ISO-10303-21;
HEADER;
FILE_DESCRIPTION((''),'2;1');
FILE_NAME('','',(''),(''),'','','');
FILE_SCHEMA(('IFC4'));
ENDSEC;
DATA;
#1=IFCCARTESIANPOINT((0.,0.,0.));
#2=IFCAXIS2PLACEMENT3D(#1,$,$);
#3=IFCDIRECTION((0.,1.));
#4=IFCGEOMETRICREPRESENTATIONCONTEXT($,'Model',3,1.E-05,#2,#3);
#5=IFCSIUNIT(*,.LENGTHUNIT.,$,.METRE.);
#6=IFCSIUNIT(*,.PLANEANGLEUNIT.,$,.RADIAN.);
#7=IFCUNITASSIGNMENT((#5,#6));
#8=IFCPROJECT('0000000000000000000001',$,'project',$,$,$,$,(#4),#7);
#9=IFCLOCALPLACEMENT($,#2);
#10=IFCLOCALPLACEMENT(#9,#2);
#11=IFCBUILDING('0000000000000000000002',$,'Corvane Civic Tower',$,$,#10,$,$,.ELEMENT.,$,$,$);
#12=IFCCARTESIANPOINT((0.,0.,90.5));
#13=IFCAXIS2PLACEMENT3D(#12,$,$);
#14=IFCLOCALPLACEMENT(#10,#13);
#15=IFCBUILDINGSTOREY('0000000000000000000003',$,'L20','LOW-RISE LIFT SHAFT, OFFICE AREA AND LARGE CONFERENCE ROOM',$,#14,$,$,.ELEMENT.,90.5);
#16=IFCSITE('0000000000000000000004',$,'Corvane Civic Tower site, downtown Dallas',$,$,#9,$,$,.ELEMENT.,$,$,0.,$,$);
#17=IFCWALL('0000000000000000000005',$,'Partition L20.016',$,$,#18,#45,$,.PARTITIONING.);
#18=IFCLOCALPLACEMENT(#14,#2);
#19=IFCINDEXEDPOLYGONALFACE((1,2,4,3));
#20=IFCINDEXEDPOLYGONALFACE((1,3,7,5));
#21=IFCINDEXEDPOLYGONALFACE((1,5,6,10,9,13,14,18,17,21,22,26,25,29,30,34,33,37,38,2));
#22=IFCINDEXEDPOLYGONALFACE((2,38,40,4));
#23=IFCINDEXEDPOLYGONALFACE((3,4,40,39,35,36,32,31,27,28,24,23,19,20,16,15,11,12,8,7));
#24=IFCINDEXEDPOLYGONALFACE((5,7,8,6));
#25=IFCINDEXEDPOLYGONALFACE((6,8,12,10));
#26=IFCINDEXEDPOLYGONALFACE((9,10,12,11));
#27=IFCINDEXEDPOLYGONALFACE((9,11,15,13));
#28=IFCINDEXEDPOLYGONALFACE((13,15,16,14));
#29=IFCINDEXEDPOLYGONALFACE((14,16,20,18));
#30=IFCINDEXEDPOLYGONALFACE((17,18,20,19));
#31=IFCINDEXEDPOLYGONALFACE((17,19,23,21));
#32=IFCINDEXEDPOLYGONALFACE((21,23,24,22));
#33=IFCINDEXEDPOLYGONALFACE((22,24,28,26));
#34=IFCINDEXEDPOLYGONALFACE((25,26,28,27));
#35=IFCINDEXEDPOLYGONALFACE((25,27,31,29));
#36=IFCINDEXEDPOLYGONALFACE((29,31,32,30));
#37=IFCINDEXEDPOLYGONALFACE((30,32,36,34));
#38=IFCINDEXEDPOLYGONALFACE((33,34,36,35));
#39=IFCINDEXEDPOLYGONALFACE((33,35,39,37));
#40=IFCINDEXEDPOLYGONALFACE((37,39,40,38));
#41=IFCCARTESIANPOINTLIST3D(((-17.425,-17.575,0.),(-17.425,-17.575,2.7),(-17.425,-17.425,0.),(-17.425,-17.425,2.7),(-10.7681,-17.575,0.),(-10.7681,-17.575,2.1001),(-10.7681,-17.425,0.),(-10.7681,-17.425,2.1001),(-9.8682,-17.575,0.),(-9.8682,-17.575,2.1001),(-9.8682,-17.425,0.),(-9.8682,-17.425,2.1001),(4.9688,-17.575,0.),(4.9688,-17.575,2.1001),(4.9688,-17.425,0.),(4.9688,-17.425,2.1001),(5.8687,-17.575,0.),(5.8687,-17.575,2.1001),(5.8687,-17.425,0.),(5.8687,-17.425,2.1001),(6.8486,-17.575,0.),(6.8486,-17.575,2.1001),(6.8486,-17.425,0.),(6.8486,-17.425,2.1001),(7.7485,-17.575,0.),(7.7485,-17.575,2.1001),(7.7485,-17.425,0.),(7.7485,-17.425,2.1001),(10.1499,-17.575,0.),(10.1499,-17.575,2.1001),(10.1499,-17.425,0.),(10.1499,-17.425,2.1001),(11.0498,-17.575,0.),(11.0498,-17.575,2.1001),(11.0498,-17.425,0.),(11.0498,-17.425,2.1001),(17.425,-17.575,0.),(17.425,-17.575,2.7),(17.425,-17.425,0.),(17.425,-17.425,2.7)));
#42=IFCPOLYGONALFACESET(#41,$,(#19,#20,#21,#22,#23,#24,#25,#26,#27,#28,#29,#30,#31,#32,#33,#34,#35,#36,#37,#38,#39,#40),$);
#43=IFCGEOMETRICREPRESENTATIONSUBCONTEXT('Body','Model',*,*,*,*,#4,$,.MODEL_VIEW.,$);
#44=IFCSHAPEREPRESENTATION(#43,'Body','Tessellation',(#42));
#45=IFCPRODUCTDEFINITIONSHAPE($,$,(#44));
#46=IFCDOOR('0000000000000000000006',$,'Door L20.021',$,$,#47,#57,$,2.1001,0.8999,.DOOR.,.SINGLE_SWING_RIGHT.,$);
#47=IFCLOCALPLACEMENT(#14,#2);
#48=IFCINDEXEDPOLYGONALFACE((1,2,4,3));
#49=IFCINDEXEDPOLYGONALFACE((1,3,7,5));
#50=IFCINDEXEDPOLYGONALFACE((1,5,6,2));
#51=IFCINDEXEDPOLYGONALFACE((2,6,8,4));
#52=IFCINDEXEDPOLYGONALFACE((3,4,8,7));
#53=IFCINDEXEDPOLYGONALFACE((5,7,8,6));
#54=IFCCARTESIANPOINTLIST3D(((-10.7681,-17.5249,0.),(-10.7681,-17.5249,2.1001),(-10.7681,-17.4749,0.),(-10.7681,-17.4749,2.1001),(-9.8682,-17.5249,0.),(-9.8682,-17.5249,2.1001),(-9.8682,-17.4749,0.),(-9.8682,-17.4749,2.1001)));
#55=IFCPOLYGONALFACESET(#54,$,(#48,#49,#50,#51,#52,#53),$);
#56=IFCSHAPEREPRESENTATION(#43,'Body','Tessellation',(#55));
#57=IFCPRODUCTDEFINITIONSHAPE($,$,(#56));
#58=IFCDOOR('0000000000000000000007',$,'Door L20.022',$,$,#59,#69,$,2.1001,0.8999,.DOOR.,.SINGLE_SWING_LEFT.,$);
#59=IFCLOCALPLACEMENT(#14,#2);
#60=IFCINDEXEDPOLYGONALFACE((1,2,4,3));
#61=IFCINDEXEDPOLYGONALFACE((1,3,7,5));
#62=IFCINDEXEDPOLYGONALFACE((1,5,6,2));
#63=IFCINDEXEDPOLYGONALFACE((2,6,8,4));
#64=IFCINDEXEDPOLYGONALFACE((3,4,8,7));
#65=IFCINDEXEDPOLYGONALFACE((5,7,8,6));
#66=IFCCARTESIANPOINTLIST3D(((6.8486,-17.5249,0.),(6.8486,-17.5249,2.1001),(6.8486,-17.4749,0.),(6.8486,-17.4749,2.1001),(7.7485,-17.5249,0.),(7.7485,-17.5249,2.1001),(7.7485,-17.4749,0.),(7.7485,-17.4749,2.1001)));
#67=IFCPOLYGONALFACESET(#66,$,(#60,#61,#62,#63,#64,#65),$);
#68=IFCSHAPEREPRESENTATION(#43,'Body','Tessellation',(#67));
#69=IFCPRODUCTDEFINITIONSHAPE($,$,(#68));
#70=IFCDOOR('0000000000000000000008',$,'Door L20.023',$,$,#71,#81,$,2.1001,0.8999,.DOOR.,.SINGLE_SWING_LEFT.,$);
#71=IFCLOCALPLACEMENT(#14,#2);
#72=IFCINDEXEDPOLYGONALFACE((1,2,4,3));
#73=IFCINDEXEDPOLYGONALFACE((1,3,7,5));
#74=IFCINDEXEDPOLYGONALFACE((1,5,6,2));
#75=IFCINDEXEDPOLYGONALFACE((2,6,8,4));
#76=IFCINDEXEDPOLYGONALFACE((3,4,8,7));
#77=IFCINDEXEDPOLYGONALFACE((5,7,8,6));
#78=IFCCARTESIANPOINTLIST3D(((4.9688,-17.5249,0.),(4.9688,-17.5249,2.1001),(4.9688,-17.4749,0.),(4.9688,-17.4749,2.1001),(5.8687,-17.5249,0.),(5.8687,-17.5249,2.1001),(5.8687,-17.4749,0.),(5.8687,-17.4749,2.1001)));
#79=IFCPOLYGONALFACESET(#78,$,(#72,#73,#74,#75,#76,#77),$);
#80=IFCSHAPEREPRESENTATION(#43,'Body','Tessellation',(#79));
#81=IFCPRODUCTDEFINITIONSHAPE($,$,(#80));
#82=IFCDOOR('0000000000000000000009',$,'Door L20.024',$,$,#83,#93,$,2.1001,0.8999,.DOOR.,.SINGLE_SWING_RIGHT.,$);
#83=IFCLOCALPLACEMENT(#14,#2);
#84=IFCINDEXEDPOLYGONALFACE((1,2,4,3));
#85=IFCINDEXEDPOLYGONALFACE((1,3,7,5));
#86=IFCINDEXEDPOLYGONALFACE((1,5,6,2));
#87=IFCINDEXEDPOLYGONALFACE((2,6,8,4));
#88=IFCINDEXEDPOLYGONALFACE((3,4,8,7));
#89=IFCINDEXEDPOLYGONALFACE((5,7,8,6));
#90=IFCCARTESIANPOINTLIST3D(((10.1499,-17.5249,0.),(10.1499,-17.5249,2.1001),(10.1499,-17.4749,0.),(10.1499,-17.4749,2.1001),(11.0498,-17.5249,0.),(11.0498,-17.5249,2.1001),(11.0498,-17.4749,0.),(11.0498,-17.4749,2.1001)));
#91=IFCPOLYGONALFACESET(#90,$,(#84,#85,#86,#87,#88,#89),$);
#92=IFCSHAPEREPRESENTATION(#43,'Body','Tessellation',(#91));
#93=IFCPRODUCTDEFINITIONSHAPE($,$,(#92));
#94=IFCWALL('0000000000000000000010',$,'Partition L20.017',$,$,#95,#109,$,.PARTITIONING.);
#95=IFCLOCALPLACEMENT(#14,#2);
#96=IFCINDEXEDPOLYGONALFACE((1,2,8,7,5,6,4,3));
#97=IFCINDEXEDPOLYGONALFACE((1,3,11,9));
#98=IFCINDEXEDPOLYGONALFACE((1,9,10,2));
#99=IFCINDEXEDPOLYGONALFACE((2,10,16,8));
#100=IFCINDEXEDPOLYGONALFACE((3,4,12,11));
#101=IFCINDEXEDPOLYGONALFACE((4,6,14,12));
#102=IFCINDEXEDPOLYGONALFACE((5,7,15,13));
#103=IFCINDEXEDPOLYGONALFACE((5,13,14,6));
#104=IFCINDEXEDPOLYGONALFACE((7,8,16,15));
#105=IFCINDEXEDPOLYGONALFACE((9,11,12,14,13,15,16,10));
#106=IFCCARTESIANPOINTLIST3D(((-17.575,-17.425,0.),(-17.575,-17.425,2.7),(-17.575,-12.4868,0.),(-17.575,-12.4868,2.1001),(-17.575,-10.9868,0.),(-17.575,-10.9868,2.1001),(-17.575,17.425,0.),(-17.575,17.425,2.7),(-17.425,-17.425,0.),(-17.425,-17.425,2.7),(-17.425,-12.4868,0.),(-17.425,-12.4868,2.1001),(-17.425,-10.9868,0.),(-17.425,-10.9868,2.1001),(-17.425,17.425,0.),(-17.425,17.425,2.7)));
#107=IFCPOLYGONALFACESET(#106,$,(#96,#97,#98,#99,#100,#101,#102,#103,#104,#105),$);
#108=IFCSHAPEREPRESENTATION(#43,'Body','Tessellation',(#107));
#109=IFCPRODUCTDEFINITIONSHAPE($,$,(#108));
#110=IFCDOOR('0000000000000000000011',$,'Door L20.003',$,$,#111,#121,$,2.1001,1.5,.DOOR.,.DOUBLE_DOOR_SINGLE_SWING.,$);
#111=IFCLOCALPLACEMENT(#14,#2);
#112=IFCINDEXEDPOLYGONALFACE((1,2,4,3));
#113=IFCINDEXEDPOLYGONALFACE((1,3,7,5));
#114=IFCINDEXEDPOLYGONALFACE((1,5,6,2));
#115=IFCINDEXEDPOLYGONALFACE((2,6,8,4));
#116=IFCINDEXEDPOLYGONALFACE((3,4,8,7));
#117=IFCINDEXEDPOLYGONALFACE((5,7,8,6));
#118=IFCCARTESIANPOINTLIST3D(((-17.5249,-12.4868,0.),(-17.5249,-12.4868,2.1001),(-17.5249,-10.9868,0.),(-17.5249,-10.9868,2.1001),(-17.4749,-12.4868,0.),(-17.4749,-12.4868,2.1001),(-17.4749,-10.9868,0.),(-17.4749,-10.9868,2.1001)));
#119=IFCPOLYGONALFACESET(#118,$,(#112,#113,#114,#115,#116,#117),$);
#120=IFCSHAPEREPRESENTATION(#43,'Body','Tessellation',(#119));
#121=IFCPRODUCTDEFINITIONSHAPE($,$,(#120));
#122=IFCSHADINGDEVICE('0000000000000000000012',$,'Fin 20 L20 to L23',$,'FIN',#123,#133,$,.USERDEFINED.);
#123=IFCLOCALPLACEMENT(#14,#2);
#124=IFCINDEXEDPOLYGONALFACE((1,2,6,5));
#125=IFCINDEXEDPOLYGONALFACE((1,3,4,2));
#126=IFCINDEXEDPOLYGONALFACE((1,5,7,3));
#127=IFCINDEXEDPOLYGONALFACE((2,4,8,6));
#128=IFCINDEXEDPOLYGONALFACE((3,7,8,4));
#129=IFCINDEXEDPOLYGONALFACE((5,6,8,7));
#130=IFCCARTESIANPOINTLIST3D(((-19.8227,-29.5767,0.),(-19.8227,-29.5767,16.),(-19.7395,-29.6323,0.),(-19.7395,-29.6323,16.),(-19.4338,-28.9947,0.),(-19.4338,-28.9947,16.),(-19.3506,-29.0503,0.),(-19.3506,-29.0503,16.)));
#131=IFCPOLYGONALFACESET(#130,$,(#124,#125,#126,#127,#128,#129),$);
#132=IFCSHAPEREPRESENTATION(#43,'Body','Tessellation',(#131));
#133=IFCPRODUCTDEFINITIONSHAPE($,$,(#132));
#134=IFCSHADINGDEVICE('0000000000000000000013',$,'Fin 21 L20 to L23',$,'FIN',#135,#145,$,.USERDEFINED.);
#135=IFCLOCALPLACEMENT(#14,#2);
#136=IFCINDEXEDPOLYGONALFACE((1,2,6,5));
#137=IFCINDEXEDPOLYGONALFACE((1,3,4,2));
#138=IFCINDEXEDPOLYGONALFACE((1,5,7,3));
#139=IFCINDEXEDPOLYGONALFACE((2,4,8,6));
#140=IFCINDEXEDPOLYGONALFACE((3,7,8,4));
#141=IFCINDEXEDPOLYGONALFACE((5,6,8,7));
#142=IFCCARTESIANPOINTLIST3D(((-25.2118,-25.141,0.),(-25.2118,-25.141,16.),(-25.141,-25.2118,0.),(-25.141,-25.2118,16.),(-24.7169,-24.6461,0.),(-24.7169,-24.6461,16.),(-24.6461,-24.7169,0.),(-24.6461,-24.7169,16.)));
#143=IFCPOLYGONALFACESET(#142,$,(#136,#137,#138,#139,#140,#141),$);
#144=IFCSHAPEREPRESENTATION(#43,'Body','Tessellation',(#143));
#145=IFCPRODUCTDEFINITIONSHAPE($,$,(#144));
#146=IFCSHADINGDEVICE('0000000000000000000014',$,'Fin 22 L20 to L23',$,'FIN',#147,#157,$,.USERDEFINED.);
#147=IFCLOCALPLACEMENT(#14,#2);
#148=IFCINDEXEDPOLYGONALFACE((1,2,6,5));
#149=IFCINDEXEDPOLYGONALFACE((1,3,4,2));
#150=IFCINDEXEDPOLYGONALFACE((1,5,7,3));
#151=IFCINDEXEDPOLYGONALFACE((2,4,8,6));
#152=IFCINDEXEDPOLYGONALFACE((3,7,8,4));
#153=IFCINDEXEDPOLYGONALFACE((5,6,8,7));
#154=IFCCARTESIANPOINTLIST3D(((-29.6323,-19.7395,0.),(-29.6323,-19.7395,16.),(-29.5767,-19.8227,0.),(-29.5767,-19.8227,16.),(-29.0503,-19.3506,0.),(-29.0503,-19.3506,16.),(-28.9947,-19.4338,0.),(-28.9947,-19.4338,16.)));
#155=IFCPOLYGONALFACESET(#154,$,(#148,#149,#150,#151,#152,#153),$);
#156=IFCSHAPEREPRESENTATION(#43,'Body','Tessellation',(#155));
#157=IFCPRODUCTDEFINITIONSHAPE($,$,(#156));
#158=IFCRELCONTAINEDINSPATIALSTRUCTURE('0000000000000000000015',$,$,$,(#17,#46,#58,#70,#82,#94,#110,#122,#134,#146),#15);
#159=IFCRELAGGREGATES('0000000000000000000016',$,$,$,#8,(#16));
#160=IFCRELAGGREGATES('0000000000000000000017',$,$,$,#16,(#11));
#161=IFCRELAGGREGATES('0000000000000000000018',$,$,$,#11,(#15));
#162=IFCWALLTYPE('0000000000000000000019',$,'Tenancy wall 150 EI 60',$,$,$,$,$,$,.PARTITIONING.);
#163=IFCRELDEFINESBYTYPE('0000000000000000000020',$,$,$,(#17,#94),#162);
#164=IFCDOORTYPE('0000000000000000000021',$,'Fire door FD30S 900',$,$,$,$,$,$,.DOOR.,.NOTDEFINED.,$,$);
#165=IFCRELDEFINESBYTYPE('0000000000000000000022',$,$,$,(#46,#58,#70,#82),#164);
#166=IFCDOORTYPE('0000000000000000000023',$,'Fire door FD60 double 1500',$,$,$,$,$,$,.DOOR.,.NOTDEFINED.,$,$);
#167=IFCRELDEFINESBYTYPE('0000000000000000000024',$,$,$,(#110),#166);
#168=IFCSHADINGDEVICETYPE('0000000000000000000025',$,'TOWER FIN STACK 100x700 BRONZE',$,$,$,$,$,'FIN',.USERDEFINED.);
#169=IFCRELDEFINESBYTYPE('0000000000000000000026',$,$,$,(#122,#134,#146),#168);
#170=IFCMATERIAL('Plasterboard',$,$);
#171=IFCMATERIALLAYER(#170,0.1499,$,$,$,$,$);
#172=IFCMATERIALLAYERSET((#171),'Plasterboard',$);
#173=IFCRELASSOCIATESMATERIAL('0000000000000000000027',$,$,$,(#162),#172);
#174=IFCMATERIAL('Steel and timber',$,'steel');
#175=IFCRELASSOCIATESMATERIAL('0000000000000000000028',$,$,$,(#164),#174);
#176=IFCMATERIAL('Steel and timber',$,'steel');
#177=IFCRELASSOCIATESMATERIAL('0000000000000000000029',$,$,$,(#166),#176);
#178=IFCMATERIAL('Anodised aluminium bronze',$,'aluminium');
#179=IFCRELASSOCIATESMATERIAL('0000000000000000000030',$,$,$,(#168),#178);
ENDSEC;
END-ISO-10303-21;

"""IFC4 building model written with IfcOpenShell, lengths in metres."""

from ifc_helpers import new_model, si_unit, direction, frame, frame_2d, origin, origin_2d, place, context, subcontext, project, spatial, rectangle, extrude, material, layer, layer_set, material_profile, profile_set, type_object, element, fill, save


model = new_model("IFC4")

# Units and contexts
model_context = context("Model", 3, precision=1e-05, world=origin(), true_north=direction((0.0, 1.0)))
body_context = subcontext(model_context, "Body", "Model", "MODEL_VIEW")
ifc_project = project(units=[si_unit("LENGTHUNIT", "METRE"), si_unit("PLANEANGLEUNIT", "RADIAN")], contexts=[model_context])

# Site, building, storey
site_placement = place(None, origin())
site = spatial("IfcSite", under=ifc_project, at=site_placement, Name="Corvane Civic Tower site, downtown Dallas", CompositionType="ELEMENT", RefElevation=0.0)
building_placement = place(site_placement, origin())
building = spatial("IfcBuilding", under=site, at=building_placement, Name="Corvane Civic Tower", CompositionType="ELEMENT")
storey_placement = place(building_placement, frame((0.0, 0.0, 90.5)))
storey = spatial("IfcBuildingStorey", under=building, at=storey_placement, Name="L20", Description="LOW-RISE LIFT SHAFT, OFFICE AREA AND LARGE CONFERENCE ROOM", CompositionType="ELEMENT", Elevation=90.5)

# Wall, openings, doors
ifc_material_1 = material(Name="Plasterboard")
ifc_layer_1 = layer(ifc_material_1, 0.1499)
ifc_layer_set_1 = layer_set([ifc_layer_1], Name="Plasterboard")
wall_type_1 = type_object("IfcWallType", Name="Tenancy wall 150 EI 60", PredefinedType="PARTITIONING", material=ifc_layer_set_1)
wall_1_placement = place(storey_placement, frame((-17.425, -17.5, 0.0), z_axis=(0.0, 0.0, 1.0), x_axis=(1.0, 0.0, 0.0)))
wall_1 = element("IfcWall", 1, at=wall_1_placement, inside=storey, type_object=wall_type_1, Name="Partition L20.016", PredefinedType="PARTITIONING", context=body_context, shape_type="SweptSolid", body=[
    extrude(rectangle(XDim=34.8501, YDim=0.1499, at=frame_2d((17.425, 0.0))), origin(), (0.0, 0.0, 1.0), 2.7),
])
opening_1_placement = place(wall_1_placement, frame((6.657, 0.0, 0.0)))
opening_1 = element("IfcOpeningElement", 2, at=opening_1_placement, cuts=wall_1, PredefinedType="OPENING", context=body_context, shape_type="SweptSolid", body=[
    extrude(rectangle(XDim=0.8999, YDim=2.1001, at=frame_2d((0.45, 1.05))), frame((0.0, 0.085, 0.0), z_axis=(0.0, -1.0, 0.0), x_axis=(1.0, 0.0, 0.0)), (0.0, 0.0, 1.0), 0.1699),
])
opening_2_placement = place(wall_1_placement, frame((24.2737, 0.0, 0.0)))
opening_2 = element("IfcOpeningElement", 3, at=opening_2_placement, cuts=wall_1, PredefinedType="OPENING", context=body_context, shape_type="SweptSolid", body=[
    extrude(rectangle(XDim=0.8999, YDim=2.1001, at=frame_2d((0.45, 1.05))), frame((0.0, 0.085, 0.0), z_axis=(0.0, -1.0, 0.0), x_axis=(1.0, 0.0, 0.0)), (0.0, 0.0, 1.0), 0.1699),
])
opening_3_placement = place(wall_1_placement, frame((22.3938, 0.0, 0.0)))
opening_3 = element("IfcOpeningElement", 4, at=opening_3_placement, cuts=wall_1, PredefinedType="OPENING", context=body_context, shape_type="SweptSolid", body=[
    extrude(rectangle(XDim=0.8999, YDim=2.1001, at=frame_2d((0.45, 1.05))), frame((0.0, 0.085, 0.0), z_axis=(0.0, -1.0, 0.0), x_axis=(1.0, 0.0, 0.0)), (0.0, 0.0, 1.0), 0.1699),
])
opening_4_placement = place(wall_1_placement, frame((27.575, 0.0, 0.0)))
opening_4 = element("IfcOpeningElement", 5, at=opening_4_placement, cuts=wall_1, PredefinedType="OPENING", context=body_context, shape_type="SweptSolid", body=[
    extrude(rectangle(XDim=0.8999, YDim=2.1001, at=frame_2d((0.45, 1.05))), frame((0.0, 0.085, 0.0), z_axis=(0.0, -1.0, 0.0), x_axis=(1.0, 0.0, 0.0)), (0.0, 0.0, 1.0), 0.1699),
])
ifc_material_2 = material(Name="Steel and timber", Category="steel")
door_type_1 = type_object("IfcDoorType", Name="Fire door FD30S 900", OperationType="NOTDEFINED", PredefinedType="DOOR", material=ifc_material_2)
door_1_placement = place(opening_1_placement, frame((0.8999, 0.0, 0.0), z_axis=(0.0, 0.0, 1.0), x_axis=(-1.0, 0.0, 0.0)))
door_1 = element("IfcDoor", 6, at=door_1_placement, inside=storey, type_object=door_type_1, Name="Door L20.021", OperationType="SINGLE_SWING_RIGHT", OverallHeight=2.1001, OverallWidth=0.8999, PredefinedType="DOOR", context=body_context, shape_type="SweptSolid", body=[
    extrude(rectangle(XDim=0.8999, YDim=2.1001, at=frame_2d((0.45, 1.05))), frame((0.0, 0.0249, 0.0), z_axis=(0.0, -1.0, 0.0), x_axis=(1.0, 0.0, 0.0)), (0.0, 0.0, 1.0), 0.05),
])
fill(opening_1, door_1)
door_2_placement = place(opening_2_placement, frame((0.8999, 0.0, 0.0), z_axis=(0.0, 0.0, 1.0), x_axis=(-1.0, 0.0, 0.0)))
door_2 = element("IfcDoor", 7, at=door_2_placement, inside=storey, type_object=door_type_1, Name="Door L20.022", OperationType="SINGLE_SWING_LEFT", OverallHeight=2.1001, OverallWidth=0.8999, PredefinedType="DOOR", context=body_context, shape_type="SweptSolid", body=[
    extrude(rectangle(XDim=0.8999, YDim=2.1001, at=frame_2d((0.45, 1.05))), frame((0.0, 0.0249, 0.0), z_axis=(0.0, -1.0, 0.0), x_axis=(1.0, 0.0, 0.0)), (0.0, 0.0, 1.0), 0.05),
])
fill(opening_2, door_2)
door_3_placement = place(opening_3_placement, frame((0.8999, 0.0, 0.0), z_axis=(0.0, 0.0, 1.0), x_axis=(-1.0, 0.0, 0.0)))
door_3 = element("IfcDoor", 8, at=door_3_placement, inside=storey, type_object=door_type_1, Name="Door L20.023", OperationType="SINGLE_SWING_LEFT", OverallHeight=2.1001, OverallWidth=0.8999, PredefinedType="DOOR", context=body_context, shape_type="SweptSolid", body=[
    extrude(rectangle(XDim=0.8999, YDim=2.1001, at=frame_2d((0.45, 1.05))), frame((0.0, 0.0249, 0.0), z_axis=(0.0, -1.0, 0.0), x_axis=(1.0, 0.0, 0.0)), (0.0, 0.0, 1.0), 0.05),
])
fill(opening_3, door_3)
door_4_placement = place(opening_4_placement, frame((0.8999, 0.0, 0.0), z_axis=(0.0, 0.0, 1.0), x_axis=(-1.0, 0.0, 0.0)))
door_4 = element("IfcDoor", 9, at=door_4_placement, inside=storey, type_object=door_type_1, Name="Door L20.024", OperationType="SINGLE_SWING_RIGHT", OverallHeight=2.1001, OverallWidth=0.8999, PredefinedType="DOOR", context=body_context, shape_type="SweptSolid", body=[
    extrude(rectangle(XDim=0.8999, YDim=2.1001, at=frame_2d((0.45, 1.05))), frame((0.0, 0.0249, 0.0), z_axis=(0.0, -1.0, 0.0), x_axis=(1.0, 0.0, 0.0)), (0.0, 0.0, 1.0), 0.05),
])
fill(opening_4, door_4)

# Wall, opening, door
wall_2_placement = place(storey_placement, frame((-17.5, -17.425, 0.0), z_axis=(0.0, 0.0, 1.0), x_axis=(0.0, 1.0, 0.0)))
wall_2 = element("IfcWall", 10, at=wall_2_placement, inside=storey, type_object=wall_type_1, Name="Partition L20.017", PredefinedType="PARTITIONING", context=body_context, shape_type="SweptSolid", body=[
    extrude(rectangle(XDim=34.8501, YDim=0.1499, at=frame_2d((17.425, 0.0))), origin(), (0.0, 0.0, 1.0), 2.7),
])
opening_5_placement = place(wall_2_placement, frame((4.9382, 0.0, 0.0)))
opening_5 = element("IfcOpeningElement", 11, at=opening_5_placement, cuts=wall_2, PredefinedType="OPENING", context=body_context, shape_type="SweptSolid", body=[
    extrude(rectangle(XDim=1.5, YDim=2.1001, at=frame_2d((0.75, 1.05))), frame((0.0, 0.085, 0.0), z_axis=(0.0, -1.0, 0.0), x_axis=(1.0, 0.0, 0.0)), (0.0, 0.0, 1.0), 0.1699),
])
ifc_material_3 = material(Name="Steel and timber", Category="steel")
door_type_2 = type_object("IfcDoorType", Name="Fire door FD60 double 1500", OperationType="NOTDEFINED", PredefinedType="DOOR", material=ifc_material_3)
door_5_placement = place(opening_5_placement, origin())
door_5 = element("IfcDoor", 12, at=door_5_placement, inside=storey, type_object=door_type_2, Name="Door L20.003", OperationType="DOUBLE_DOOR_SINGLE_SWING", OverallHeight=2.1001, OverallWidth=1.5, PredefinedType="DOOR", context=body_context, shape_type="SweptSolid", body=[
    extrude(rectangle(XDim=1.5, YDim=2.1001, at=frame_2d((0.75, 1.05))), frame((0.0, 0.0249, 0.0), z_axis=(0.0, -1.0, 0.0), x_axis=(1.0, 0.0, 0.0)), (0.0, 0.0, 1.0), 0.05),
])
fill(opening_5, door_5)

# Shading devices
ifc_material_4 = material(Name="Anodised aluminium bronze", Category="aluminium")
ifc_material_profile_1 = material_profile(ifc_material_4, rectangle(XDim=0.1001, YDim=0.7, at=origin_2d()), Name="TOWER FIN STACK 100x700 BRONZE")
ifc_profile_set_1 = profile_set([ifc_material_profile_1], Name="Anodised aluminium bronze")
shading_device_type = type_object("IfcShadingDeviceType", Name="TOWER FIN STACK 100x700 BRONZE", ElementType="FIN", PredefinedType="USERDEFINED", material=ifc_profile_set_1)
for number, where, z_axis, x_axis, name in (
    (13, (-19.5867, -29.3135, 0.0), (0.0, 0.0, 1.0), (-0.83147, 0.55557, 0.0), "Fin 20 L20 to L23"),
    (14, (-24.929, -24.929, 0.0), (0.0, 0.0, 1.0), (-0.707107, 0.707107, 0.0), "Fin 21 L20 to L23"),
    (15, (-29.3135, -19.5867, 0.0), (0.0, 0.0, 1.0), (-0.55557, 0.83147, 0.0), "Fin 22 L20 to L23"),
):
    element("IfcShadingDevice", number, at=place(storey_placement, frame(where, z_axis=z_axis, x_axis=x_axis)), inside=storey, type_object=shading_device_type, Name=name, ObjectType="FIN", PredefinedType="USERDEFINED", context=body_context, shape_type="SweptSolid", body=[
        extrude(rectangle(XDim=0.1001, YDim=0.7, at=origin_2d()), origin(), (0.0, 0.0, 1.0), 16.0),
    ])

save(model, "model.ifc")
